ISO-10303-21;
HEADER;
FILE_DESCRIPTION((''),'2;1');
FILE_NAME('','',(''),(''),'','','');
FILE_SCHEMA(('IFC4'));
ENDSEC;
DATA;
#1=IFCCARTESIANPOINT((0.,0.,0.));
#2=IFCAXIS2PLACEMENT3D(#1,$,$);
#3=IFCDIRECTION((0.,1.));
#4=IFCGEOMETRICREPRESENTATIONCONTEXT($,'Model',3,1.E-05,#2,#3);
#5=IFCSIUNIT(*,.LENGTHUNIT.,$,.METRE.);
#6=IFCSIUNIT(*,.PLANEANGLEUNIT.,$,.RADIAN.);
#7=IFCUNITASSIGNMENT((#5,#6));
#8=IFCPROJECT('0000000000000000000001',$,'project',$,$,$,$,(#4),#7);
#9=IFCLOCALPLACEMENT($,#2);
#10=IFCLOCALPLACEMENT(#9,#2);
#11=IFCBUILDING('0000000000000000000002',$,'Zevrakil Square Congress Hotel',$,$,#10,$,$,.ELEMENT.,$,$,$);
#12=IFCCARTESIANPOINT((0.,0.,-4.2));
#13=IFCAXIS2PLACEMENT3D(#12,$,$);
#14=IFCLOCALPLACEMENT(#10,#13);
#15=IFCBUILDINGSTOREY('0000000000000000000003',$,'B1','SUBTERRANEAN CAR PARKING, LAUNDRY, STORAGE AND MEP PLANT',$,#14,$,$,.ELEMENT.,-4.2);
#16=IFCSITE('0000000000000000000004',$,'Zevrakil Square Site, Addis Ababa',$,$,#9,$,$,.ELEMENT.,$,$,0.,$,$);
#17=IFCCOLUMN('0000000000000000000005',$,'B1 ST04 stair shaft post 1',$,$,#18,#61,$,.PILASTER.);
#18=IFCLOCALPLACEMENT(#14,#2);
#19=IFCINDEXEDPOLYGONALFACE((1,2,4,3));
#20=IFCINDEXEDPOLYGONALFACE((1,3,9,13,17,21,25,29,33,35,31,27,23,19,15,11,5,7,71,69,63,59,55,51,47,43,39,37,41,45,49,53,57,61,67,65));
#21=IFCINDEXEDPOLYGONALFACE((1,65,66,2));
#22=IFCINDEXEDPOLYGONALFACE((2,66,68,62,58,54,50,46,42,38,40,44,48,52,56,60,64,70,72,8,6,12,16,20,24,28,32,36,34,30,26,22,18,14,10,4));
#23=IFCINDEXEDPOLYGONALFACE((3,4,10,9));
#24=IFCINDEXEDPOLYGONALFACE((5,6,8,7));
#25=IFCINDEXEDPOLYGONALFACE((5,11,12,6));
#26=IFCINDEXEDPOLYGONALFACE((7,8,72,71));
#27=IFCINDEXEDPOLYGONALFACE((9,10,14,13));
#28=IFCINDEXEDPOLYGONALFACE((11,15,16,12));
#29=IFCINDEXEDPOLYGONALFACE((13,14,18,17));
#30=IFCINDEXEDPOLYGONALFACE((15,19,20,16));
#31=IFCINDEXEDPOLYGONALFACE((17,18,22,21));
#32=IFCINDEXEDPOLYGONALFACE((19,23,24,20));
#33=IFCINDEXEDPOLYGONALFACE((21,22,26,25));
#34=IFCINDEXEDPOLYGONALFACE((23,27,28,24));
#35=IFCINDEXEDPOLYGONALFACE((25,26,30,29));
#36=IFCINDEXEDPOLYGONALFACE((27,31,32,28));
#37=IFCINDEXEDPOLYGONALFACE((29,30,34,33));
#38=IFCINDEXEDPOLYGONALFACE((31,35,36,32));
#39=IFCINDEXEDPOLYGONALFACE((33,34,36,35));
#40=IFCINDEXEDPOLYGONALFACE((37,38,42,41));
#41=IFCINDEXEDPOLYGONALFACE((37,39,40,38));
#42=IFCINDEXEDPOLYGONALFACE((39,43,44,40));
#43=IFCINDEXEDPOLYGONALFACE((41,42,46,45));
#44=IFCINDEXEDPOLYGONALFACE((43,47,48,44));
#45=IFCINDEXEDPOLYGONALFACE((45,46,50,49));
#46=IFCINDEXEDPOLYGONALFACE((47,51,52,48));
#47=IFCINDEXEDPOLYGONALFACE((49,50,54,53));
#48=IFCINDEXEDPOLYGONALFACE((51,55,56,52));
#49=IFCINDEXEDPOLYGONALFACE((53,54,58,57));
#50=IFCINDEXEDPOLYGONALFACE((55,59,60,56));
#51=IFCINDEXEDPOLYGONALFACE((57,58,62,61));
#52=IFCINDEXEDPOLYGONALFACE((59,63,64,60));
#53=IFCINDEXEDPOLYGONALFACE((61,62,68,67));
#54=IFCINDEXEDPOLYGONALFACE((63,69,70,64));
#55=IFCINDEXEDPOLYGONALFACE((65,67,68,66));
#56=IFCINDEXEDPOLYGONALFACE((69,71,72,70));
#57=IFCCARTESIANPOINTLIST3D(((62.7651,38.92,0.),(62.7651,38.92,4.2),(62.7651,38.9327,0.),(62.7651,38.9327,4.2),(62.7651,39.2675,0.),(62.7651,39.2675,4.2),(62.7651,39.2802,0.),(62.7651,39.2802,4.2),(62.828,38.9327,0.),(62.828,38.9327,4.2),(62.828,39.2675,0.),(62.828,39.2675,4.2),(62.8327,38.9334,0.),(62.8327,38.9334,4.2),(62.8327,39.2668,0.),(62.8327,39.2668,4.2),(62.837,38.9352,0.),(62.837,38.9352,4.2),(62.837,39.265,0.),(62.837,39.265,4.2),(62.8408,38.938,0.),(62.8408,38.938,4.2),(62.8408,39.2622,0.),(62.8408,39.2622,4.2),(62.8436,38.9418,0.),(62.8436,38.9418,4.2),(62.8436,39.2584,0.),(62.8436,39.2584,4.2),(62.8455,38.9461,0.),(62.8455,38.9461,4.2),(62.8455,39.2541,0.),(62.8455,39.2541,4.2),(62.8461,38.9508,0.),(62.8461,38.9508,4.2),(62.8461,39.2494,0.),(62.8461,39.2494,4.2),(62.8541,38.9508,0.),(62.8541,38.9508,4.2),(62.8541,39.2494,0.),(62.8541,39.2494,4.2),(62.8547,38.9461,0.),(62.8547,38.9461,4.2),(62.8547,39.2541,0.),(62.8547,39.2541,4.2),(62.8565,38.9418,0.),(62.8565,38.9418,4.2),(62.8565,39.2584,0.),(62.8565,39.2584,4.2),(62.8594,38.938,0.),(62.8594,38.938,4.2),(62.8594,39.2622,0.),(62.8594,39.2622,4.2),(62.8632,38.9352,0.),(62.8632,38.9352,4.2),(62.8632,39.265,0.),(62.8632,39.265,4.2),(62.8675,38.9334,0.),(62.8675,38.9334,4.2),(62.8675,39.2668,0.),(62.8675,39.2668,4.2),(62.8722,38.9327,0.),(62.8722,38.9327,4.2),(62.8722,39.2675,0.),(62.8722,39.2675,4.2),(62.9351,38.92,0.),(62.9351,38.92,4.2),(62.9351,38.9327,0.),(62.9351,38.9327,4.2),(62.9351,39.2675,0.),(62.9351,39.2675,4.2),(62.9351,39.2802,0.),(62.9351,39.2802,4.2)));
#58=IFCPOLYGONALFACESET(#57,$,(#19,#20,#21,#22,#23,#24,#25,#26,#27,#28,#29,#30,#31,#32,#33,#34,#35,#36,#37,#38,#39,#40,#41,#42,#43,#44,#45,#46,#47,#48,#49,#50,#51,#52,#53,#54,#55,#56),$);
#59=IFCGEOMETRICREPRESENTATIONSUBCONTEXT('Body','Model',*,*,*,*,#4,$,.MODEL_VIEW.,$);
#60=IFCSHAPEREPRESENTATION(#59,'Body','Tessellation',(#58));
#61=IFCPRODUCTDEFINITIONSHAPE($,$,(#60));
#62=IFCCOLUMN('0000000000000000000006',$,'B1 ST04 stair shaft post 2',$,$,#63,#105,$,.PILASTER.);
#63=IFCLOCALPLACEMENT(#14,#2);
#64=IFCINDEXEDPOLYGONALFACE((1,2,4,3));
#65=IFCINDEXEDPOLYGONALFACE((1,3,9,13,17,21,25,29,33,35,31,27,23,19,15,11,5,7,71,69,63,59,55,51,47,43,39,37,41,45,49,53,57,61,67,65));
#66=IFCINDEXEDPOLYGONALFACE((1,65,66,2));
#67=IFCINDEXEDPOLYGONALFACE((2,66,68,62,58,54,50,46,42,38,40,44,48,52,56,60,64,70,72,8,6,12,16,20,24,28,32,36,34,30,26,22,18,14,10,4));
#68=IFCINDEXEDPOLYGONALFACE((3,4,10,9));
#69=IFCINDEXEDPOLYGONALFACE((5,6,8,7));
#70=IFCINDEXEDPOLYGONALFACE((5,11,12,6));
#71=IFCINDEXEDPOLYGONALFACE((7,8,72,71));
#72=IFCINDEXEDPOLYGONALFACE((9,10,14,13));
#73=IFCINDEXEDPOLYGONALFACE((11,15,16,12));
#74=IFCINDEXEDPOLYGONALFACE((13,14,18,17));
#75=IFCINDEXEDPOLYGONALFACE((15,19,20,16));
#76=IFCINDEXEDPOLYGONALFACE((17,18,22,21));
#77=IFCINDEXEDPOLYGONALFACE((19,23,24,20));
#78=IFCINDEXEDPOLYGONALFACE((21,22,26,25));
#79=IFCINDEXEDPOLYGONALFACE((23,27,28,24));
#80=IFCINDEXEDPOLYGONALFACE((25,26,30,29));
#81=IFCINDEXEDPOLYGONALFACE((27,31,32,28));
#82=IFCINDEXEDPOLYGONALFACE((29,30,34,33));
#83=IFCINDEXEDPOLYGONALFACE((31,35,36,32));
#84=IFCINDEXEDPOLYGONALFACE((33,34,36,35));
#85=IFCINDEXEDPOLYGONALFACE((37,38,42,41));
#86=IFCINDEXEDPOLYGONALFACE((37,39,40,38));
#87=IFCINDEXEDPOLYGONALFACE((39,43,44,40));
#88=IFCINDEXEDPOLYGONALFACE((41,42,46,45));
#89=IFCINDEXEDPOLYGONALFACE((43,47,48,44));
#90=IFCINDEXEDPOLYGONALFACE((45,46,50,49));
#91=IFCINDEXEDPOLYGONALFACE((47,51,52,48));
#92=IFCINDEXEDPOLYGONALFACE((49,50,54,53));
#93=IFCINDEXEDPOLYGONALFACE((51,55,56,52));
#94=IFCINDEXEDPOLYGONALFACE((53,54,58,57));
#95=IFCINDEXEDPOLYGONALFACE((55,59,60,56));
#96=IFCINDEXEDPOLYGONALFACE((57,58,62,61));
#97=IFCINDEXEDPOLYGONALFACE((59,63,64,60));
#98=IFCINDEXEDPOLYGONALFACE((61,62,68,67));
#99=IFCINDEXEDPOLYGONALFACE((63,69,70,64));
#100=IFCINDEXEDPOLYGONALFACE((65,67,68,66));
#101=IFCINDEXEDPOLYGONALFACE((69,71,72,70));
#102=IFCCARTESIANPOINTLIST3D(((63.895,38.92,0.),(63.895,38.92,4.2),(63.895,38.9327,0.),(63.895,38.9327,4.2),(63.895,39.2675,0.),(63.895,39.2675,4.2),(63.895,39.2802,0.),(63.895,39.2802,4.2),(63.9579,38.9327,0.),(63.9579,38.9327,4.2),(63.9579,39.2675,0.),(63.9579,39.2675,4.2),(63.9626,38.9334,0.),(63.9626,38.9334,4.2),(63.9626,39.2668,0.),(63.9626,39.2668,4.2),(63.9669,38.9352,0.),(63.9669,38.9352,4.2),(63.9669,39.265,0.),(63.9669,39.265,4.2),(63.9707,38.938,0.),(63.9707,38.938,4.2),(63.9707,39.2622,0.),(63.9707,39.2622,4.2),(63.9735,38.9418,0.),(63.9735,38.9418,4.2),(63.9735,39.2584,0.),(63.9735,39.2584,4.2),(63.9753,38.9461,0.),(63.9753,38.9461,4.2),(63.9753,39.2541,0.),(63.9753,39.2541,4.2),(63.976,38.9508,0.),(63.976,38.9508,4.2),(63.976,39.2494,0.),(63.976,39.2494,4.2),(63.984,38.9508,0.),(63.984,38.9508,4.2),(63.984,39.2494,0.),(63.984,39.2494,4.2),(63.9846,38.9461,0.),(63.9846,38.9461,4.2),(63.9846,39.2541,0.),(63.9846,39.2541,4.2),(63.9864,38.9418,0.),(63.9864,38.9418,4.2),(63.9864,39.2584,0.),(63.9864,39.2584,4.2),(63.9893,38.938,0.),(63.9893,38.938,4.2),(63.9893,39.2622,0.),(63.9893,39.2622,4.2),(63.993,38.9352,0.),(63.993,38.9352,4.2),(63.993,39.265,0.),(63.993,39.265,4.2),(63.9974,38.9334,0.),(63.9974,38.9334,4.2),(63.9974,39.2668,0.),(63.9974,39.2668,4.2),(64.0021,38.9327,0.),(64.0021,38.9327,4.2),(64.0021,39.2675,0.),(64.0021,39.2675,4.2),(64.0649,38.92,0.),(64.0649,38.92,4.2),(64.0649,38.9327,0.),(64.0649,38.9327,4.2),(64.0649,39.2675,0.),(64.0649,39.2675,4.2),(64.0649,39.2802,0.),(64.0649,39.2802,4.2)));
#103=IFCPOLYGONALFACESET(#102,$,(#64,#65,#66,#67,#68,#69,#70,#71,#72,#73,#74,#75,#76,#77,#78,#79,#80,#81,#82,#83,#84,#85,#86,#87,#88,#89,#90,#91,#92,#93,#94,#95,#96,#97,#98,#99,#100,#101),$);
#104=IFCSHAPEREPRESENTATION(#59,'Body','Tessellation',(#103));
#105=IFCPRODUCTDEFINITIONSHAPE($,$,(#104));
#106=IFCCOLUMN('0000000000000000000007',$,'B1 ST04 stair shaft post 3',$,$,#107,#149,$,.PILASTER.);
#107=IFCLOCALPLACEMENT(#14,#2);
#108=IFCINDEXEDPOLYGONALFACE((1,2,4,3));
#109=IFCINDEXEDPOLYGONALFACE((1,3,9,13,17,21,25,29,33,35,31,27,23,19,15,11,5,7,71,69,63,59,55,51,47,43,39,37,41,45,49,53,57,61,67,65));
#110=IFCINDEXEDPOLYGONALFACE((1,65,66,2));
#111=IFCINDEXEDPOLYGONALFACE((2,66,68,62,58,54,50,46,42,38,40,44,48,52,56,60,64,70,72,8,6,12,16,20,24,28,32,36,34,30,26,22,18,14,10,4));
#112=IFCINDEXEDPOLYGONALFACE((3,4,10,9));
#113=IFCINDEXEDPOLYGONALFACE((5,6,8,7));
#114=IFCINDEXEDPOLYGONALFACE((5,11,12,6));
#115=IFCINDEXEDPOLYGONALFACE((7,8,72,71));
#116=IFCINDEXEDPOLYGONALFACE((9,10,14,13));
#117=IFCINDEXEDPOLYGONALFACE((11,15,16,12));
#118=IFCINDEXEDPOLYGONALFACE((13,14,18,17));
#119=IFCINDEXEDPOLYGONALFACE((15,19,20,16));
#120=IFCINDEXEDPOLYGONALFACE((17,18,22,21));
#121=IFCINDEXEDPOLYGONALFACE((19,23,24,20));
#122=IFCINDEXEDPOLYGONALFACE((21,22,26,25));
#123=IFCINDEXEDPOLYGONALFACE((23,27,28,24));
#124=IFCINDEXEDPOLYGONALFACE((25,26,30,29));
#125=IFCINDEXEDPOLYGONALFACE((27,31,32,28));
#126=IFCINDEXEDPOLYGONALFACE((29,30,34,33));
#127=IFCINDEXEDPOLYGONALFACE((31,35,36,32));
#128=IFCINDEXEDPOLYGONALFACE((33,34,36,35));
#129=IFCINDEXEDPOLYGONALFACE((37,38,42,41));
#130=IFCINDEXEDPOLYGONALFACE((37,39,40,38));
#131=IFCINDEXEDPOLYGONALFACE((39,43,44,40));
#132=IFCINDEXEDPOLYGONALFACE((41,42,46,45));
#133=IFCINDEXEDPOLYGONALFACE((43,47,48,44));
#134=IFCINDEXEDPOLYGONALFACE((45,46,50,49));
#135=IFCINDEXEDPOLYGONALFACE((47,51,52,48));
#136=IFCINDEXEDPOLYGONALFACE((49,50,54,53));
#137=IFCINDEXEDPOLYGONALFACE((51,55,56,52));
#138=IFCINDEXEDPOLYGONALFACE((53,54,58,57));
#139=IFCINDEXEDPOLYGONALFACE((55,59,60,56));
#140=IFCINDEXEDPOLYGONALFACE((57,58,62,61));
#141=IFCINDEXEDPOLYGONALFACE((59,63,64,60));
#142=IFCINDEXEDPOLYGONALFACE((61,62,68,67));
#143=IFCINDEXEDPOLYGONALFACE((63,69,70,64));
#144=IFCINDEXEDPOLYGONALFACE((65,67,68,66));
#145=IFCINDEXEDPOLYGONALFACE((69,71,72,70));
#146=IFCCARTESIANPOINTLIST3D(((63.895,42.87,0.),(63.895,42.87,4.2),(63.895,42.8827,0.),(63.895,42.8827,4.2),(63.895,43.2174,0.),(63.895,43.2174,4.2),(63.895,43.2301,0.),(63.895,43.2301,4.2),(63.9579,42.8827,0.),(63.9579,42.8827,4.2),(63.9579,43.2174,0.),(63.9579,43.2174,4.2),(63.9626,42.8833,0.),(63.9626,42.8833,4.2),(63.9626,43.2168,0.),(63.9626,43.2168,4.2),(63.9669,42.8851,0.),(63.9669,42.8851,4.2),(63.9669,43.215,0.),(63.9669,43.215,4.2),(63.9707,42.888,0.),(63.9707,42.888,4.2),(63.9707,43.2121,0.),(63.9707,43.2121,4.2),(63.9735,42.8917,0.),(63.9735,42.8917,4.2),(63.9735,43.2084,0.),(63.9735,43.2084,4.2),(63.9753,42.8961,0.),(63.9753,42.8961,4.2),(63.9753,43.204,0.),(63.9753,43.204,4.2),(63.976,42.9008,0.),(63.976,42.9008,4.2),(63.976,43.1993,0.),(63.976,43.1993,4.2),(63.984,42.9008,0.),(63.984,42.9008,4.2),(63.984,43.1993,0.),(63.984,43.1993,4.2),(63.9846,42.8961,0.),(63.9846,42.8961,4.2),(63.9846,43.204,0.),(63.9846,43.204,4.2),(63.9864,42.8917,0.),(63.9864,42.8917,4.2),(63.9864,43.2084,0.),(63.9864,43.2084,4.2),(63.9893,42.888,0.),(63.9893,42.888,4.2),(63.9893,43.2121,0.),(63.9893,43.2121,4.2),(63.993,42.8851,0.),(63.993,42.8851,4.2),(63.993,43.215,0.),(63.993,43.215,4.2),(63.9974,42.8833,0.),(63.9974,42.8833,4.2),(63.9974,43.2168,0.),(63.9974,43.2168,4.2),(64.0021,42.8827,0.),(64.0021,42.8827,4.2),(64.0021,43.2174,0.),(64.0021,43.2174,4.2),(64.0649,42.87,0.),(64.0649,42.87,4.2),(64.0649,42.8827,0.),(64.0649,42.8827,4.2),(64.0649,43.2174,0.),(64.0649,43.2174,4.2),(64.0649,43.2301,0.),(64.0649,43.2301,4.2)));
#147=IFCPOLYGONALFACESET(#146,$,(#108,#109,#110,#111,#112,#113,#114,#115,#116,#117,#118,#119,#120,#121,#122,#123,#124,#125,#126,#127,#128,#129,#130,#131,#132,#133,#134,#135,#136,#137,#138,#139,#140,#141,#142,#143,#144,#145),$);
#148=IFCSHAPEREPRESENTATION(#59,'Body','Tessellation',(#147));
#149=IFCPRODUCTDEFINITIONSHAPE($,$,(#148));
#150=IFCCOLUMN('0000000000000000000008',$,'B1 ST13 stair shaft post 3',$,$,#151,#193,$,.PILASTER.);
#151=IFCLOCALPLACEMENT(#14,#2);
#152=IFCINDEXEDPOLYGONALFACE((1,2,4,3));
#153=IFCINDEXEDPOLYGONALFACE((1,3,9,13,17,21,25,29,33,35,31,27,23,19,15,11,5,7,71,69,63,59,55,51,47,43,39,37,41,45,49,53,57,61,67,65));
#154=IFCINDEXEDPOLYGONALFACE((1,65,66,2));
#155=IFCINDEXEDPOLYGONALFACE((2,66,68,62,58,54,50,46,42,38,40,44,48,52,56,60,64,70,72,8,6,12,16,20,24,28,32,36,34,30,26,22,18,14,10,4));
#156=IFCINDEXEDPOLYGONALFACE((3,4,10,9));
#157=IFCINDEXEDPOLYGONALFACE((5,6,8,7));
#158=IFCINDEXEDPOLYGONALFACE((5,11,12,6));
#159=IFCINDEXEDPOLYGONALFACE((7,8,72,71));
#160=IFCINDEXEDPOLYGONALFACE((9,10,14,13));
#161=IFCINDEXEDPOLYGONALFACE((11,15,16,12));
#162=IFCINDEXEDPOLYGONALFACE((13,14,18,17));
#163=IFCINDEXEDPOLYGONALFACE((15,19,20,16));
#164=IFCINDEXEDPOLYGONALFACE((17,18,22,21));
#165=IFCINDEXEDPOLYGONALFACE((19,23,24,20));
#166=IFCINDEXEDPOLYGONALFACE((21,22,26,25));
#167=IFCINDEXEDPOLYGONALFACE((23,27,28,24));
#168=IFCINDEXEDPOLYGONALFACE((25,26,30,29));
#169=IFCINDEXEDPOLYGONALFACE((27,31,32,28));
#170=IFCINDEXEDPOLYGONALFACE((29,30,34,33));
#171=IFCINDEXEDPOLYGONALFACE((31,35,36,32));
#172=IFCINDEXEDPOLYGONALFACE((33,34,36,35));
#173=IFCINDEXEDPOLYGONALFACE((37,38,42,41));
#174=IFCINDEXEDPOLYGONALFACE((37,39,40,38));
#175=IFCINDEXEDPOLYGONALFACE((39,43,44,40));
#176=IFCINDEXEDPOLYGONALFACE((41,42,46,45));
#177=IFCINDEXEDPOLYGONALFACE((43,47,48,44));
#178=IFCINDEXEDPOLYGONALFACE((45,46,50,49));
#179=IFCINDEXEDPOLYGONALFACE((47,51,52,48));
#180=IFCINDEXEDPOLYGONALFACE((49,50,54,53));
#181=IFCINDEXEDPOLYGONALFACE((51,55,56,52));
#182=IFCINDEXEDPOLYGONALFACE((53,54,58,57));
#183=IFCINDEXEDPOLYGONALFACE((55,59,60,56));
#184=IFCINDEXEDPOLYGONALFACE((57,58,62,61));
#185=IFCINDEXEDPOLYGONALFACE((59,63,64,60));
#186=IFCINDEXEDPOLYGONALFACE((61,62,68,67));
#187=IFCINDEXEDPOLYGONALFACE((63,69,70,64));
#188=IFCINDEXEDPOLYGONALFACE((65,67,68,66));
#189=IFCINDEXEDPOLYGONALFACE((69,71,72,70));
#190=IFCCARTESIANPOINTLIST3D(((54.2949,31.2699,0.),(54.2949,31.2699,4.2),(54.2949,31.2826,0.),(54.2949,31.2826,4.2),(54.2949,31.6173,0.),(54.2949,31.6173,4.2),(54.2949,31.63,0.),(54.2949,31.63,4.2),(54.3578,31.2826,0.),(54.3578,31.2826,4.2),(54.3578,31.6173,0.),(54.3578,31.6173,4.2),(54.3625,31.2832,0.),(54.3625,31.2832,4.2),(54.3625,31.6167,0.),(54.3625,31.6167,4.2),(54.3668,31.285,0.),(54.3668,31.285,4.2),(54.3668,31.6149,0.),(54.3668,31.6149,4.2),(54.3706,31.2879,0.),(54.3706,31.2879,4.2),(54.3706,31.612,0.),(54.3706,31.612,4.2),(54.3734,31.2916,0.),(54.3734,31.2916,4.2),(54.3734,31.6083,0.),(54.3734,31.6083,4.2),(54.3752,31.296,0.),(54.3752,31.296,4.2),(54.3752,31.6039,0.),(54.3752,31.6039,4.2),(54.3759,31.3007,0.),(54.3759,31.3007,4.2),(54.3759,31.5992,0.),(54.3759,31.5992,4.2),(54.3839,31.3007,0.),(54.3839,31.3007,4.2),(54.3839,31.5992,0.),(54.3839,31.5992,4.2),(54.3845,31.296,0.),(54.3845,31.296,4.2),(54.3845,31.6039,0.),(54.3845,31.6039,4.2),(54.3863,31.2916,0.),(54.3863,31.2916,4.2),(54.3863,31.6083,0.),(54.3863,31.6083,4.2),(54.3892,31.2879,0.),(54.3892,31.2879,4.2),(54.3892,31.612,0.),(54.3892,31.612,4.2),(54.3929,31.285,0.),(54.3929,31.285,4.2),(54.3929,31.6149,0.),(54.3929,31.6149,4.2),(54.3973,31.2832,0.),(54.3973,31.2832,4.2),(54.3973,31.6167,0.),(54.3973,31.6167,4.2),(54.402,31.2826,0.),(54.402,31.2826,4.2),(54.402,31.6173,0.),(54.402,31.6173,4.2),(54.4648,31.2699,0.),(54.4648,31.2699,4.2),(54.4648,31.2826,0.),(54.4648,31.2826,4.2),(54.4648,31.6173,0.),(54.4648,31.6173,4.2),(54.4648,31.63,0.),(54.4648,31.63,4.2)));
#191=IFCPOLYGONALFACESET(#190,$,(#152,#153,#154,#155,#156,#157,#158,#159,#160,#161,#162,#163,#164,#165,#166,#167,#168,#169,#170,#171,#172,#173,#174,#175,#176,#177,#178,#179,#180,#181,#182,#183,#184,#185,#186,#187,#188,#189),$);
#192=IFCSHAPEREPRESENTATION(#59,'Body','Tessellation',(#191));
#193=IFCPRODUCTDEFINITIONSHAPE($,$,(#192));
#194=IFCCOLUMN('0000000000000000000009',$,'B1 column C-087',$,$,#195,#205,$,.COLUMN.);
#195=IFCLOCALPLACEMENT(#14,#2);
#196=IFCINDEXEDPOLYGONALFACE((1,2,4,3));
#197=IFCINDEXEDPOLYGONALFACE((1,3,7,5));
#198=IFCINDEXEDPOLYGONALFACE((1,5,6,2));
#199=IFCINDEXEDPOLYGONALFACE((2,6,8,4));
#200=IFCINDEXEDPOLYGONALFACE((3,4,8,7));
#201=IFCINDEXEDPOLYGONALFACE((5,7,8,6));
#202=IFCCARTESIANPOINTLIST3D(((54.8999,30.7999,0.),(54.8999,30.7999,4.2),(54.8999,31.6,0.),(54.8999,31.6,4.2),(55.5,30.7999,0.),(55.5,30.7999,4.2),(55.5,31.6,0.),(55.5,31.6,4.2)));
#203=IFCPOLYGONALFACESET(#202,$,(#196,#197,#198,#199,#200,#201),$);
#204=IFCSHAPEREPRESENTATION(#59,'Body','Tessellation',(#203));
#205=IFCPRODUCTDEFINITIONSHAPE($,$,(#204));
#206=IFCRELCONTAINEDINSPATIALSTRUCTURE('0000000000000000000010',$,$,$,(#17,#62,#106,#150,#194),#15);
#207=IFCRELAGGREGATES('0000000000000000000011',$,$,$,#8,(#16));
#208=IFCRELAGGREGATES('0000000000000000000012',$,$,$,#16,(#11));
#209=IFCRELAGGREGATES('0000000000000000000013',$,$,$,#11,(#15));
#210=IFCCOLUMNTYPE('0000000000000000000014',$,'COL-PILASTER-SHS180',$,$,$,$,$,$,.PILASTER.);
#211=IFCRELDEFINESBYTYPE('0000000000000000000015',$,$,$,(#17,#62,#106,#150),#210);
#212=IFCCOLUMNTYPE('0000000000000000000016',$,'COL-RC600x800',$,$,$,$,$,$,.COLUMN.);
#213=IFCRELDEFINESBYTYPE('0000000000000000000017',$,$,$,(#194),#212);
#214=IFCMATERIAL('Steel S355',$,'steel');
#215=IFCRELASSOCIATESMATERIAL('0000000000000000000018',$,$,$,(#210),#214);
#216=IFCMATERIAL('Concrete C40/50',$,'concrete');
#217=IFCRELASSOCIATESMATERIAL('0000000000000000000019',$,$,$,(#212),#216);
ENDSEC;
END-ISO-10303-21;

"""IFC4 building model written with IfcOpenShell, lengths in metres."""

from ifc_helpers import new_model, si_unit, direction, frame, origin, origin_2d, place, context, subcontext, project, spatial, rectangle, i_section, extrude, material, material_profile, profile_set, type_object, element, save


model = new_model("IFC4")

# Units and contexts
model_context = context("Model", 3, precision=1e-05, world=origin(), true_north=direction((0.0, 1.0)))
body_context = subcontext(model_context, "Body", "Model", "MODEL_VIEW")
ifc_project = project(units=[si_unit("LENGTHUNIT", "METRE"), si_unit("PLANEANGLEUNIT", "RADIAN")], contexts=[model_context])

# Site, building, storey
site_placement = place(None, origin())
site = spatial("IfcSite", under=ifc_project, at=site_placement, Name="Zevrakil Square Site, Addis Ababa", CompositionType="ELEMENT", RefElevation=0.0)
building_placement = place(site_placement, origin())
building = spatial("IfcBuilding", under=site, at=building_placement, Name="Zevrakil Square Congress Hotel", CompositionType="ELEMENT")
storey_placement = place(building_placement, frame((0.0, 0.0, -4.2)))
storey = spatial("IfcBuildingStorey", under=building, at=storey_placement, Name="B1", Description="SUBTERRANEAN CAR PARKING, LAUNDRY, STORAGE AND MEP PLANT", CompositionType="ELEMENT", Elevation=-4.2)

# Columns
ifc_material_1 = material(Name="Steel S355", Category="steel")
ifc_material_profile_1 = material_profile(ifc_material_1, i_section(OverallWidth=0.1699, OverallDepth=0.3601, WebThickness=0.0081, FlangeThickness=0.0127, FilletRadius=0.0181, at=origin_2d()), Name="IPE 360")
ifc_profile_set_1 = profile_set([ifc_material_profile_1], Name="Steel S355")
column_type_1 = type_object("IfcColumnType", Name="COL-PILASTER-SHS180", PredefinedType="PILASTER", material=ifc_profile_set_1)
for number, where, z_axis, x_axis, name in (
    (1, (62.8501, 39.1001, 0.0), (0.0, 0.0, 1.0), (1.0, 0.0, 0.0), "B1 ST04 stair shaft post 1"),
    (2, (63.98, 39.1001, 0.0), (0.0, 0.0, 1.0), (1.0, 0.0, 0.0), "B1 ST04 stair shaft post 2"),
    (3, (63.98, 43.05, 0.0), (0.0, 0.0, 1.0), (1.0, 0.0, 0.0), "B1 ST04 stair shaft post 3"),
    (4, (54.3799, 31.45, 0.0), (0.0, 0.0, 1.0), (1.0, 0.0, 0.0), "B1 ST13 stair shaft post 3"),
):
    element("IfcColumn", number, at=place(storey_placement, frame(where, z_axis=z_axis, x_axis=x_axis)), inside=storey, type_object=column_type_1, Name=name, PredefinedType="PILASTER", context=body_context, shape_type="SweptSolid", body=[
        extrude(i_section(OverallWidth=0.1699, OverallDepth=0.3601, WebThickness=0.0081, FlangeThickness=0.0127, FilletRadius=0.0181, at=origin_2d()), origin(), (0.0, 0.0, 1.0), 4.2),
    ])
ifc_material_2 = material(Name="Concrete C40/50", Category="concrete")
ifc_material_profile_2 = material_profile(ifc_material_2, rectangle(XDim=0.6001, YDim=0.8, at=origin_2d()), Name="RC 600x800")
ifc_profile_set_2 = profile_set([ifc_material_profile_2], Name="Concrete C40/50")
column_type_2 = type_object("IfcColumnType", Name="COL-RC600x800", PredefinedType="COLUMN", material=ifc_profile_set_2)
for number, where, z_axis, x_axis, name in (
    (5, (55.2, 31.2, 0.0), (0.0, 0.0, 1.0), (1.0, 0.0, 0.0), "B1 column C-087"),
):
    element("IfcColumn", number, at=place(storey_placement, frame(where, z_axis=z_axis, x_axis=x_axis)), inside=storey, type_object=column_type_2, Name=name, PredefinedType="COLUMN", context=body_context, shape_type="SweptSolid", body=[
        extrude(rectangle(XDim=0.6001, YDim=0.8, at=origin_2d()), origin(), (0.0, 0.0, 1.0), 4.2),
    ])

save(model, "model.ifc")
